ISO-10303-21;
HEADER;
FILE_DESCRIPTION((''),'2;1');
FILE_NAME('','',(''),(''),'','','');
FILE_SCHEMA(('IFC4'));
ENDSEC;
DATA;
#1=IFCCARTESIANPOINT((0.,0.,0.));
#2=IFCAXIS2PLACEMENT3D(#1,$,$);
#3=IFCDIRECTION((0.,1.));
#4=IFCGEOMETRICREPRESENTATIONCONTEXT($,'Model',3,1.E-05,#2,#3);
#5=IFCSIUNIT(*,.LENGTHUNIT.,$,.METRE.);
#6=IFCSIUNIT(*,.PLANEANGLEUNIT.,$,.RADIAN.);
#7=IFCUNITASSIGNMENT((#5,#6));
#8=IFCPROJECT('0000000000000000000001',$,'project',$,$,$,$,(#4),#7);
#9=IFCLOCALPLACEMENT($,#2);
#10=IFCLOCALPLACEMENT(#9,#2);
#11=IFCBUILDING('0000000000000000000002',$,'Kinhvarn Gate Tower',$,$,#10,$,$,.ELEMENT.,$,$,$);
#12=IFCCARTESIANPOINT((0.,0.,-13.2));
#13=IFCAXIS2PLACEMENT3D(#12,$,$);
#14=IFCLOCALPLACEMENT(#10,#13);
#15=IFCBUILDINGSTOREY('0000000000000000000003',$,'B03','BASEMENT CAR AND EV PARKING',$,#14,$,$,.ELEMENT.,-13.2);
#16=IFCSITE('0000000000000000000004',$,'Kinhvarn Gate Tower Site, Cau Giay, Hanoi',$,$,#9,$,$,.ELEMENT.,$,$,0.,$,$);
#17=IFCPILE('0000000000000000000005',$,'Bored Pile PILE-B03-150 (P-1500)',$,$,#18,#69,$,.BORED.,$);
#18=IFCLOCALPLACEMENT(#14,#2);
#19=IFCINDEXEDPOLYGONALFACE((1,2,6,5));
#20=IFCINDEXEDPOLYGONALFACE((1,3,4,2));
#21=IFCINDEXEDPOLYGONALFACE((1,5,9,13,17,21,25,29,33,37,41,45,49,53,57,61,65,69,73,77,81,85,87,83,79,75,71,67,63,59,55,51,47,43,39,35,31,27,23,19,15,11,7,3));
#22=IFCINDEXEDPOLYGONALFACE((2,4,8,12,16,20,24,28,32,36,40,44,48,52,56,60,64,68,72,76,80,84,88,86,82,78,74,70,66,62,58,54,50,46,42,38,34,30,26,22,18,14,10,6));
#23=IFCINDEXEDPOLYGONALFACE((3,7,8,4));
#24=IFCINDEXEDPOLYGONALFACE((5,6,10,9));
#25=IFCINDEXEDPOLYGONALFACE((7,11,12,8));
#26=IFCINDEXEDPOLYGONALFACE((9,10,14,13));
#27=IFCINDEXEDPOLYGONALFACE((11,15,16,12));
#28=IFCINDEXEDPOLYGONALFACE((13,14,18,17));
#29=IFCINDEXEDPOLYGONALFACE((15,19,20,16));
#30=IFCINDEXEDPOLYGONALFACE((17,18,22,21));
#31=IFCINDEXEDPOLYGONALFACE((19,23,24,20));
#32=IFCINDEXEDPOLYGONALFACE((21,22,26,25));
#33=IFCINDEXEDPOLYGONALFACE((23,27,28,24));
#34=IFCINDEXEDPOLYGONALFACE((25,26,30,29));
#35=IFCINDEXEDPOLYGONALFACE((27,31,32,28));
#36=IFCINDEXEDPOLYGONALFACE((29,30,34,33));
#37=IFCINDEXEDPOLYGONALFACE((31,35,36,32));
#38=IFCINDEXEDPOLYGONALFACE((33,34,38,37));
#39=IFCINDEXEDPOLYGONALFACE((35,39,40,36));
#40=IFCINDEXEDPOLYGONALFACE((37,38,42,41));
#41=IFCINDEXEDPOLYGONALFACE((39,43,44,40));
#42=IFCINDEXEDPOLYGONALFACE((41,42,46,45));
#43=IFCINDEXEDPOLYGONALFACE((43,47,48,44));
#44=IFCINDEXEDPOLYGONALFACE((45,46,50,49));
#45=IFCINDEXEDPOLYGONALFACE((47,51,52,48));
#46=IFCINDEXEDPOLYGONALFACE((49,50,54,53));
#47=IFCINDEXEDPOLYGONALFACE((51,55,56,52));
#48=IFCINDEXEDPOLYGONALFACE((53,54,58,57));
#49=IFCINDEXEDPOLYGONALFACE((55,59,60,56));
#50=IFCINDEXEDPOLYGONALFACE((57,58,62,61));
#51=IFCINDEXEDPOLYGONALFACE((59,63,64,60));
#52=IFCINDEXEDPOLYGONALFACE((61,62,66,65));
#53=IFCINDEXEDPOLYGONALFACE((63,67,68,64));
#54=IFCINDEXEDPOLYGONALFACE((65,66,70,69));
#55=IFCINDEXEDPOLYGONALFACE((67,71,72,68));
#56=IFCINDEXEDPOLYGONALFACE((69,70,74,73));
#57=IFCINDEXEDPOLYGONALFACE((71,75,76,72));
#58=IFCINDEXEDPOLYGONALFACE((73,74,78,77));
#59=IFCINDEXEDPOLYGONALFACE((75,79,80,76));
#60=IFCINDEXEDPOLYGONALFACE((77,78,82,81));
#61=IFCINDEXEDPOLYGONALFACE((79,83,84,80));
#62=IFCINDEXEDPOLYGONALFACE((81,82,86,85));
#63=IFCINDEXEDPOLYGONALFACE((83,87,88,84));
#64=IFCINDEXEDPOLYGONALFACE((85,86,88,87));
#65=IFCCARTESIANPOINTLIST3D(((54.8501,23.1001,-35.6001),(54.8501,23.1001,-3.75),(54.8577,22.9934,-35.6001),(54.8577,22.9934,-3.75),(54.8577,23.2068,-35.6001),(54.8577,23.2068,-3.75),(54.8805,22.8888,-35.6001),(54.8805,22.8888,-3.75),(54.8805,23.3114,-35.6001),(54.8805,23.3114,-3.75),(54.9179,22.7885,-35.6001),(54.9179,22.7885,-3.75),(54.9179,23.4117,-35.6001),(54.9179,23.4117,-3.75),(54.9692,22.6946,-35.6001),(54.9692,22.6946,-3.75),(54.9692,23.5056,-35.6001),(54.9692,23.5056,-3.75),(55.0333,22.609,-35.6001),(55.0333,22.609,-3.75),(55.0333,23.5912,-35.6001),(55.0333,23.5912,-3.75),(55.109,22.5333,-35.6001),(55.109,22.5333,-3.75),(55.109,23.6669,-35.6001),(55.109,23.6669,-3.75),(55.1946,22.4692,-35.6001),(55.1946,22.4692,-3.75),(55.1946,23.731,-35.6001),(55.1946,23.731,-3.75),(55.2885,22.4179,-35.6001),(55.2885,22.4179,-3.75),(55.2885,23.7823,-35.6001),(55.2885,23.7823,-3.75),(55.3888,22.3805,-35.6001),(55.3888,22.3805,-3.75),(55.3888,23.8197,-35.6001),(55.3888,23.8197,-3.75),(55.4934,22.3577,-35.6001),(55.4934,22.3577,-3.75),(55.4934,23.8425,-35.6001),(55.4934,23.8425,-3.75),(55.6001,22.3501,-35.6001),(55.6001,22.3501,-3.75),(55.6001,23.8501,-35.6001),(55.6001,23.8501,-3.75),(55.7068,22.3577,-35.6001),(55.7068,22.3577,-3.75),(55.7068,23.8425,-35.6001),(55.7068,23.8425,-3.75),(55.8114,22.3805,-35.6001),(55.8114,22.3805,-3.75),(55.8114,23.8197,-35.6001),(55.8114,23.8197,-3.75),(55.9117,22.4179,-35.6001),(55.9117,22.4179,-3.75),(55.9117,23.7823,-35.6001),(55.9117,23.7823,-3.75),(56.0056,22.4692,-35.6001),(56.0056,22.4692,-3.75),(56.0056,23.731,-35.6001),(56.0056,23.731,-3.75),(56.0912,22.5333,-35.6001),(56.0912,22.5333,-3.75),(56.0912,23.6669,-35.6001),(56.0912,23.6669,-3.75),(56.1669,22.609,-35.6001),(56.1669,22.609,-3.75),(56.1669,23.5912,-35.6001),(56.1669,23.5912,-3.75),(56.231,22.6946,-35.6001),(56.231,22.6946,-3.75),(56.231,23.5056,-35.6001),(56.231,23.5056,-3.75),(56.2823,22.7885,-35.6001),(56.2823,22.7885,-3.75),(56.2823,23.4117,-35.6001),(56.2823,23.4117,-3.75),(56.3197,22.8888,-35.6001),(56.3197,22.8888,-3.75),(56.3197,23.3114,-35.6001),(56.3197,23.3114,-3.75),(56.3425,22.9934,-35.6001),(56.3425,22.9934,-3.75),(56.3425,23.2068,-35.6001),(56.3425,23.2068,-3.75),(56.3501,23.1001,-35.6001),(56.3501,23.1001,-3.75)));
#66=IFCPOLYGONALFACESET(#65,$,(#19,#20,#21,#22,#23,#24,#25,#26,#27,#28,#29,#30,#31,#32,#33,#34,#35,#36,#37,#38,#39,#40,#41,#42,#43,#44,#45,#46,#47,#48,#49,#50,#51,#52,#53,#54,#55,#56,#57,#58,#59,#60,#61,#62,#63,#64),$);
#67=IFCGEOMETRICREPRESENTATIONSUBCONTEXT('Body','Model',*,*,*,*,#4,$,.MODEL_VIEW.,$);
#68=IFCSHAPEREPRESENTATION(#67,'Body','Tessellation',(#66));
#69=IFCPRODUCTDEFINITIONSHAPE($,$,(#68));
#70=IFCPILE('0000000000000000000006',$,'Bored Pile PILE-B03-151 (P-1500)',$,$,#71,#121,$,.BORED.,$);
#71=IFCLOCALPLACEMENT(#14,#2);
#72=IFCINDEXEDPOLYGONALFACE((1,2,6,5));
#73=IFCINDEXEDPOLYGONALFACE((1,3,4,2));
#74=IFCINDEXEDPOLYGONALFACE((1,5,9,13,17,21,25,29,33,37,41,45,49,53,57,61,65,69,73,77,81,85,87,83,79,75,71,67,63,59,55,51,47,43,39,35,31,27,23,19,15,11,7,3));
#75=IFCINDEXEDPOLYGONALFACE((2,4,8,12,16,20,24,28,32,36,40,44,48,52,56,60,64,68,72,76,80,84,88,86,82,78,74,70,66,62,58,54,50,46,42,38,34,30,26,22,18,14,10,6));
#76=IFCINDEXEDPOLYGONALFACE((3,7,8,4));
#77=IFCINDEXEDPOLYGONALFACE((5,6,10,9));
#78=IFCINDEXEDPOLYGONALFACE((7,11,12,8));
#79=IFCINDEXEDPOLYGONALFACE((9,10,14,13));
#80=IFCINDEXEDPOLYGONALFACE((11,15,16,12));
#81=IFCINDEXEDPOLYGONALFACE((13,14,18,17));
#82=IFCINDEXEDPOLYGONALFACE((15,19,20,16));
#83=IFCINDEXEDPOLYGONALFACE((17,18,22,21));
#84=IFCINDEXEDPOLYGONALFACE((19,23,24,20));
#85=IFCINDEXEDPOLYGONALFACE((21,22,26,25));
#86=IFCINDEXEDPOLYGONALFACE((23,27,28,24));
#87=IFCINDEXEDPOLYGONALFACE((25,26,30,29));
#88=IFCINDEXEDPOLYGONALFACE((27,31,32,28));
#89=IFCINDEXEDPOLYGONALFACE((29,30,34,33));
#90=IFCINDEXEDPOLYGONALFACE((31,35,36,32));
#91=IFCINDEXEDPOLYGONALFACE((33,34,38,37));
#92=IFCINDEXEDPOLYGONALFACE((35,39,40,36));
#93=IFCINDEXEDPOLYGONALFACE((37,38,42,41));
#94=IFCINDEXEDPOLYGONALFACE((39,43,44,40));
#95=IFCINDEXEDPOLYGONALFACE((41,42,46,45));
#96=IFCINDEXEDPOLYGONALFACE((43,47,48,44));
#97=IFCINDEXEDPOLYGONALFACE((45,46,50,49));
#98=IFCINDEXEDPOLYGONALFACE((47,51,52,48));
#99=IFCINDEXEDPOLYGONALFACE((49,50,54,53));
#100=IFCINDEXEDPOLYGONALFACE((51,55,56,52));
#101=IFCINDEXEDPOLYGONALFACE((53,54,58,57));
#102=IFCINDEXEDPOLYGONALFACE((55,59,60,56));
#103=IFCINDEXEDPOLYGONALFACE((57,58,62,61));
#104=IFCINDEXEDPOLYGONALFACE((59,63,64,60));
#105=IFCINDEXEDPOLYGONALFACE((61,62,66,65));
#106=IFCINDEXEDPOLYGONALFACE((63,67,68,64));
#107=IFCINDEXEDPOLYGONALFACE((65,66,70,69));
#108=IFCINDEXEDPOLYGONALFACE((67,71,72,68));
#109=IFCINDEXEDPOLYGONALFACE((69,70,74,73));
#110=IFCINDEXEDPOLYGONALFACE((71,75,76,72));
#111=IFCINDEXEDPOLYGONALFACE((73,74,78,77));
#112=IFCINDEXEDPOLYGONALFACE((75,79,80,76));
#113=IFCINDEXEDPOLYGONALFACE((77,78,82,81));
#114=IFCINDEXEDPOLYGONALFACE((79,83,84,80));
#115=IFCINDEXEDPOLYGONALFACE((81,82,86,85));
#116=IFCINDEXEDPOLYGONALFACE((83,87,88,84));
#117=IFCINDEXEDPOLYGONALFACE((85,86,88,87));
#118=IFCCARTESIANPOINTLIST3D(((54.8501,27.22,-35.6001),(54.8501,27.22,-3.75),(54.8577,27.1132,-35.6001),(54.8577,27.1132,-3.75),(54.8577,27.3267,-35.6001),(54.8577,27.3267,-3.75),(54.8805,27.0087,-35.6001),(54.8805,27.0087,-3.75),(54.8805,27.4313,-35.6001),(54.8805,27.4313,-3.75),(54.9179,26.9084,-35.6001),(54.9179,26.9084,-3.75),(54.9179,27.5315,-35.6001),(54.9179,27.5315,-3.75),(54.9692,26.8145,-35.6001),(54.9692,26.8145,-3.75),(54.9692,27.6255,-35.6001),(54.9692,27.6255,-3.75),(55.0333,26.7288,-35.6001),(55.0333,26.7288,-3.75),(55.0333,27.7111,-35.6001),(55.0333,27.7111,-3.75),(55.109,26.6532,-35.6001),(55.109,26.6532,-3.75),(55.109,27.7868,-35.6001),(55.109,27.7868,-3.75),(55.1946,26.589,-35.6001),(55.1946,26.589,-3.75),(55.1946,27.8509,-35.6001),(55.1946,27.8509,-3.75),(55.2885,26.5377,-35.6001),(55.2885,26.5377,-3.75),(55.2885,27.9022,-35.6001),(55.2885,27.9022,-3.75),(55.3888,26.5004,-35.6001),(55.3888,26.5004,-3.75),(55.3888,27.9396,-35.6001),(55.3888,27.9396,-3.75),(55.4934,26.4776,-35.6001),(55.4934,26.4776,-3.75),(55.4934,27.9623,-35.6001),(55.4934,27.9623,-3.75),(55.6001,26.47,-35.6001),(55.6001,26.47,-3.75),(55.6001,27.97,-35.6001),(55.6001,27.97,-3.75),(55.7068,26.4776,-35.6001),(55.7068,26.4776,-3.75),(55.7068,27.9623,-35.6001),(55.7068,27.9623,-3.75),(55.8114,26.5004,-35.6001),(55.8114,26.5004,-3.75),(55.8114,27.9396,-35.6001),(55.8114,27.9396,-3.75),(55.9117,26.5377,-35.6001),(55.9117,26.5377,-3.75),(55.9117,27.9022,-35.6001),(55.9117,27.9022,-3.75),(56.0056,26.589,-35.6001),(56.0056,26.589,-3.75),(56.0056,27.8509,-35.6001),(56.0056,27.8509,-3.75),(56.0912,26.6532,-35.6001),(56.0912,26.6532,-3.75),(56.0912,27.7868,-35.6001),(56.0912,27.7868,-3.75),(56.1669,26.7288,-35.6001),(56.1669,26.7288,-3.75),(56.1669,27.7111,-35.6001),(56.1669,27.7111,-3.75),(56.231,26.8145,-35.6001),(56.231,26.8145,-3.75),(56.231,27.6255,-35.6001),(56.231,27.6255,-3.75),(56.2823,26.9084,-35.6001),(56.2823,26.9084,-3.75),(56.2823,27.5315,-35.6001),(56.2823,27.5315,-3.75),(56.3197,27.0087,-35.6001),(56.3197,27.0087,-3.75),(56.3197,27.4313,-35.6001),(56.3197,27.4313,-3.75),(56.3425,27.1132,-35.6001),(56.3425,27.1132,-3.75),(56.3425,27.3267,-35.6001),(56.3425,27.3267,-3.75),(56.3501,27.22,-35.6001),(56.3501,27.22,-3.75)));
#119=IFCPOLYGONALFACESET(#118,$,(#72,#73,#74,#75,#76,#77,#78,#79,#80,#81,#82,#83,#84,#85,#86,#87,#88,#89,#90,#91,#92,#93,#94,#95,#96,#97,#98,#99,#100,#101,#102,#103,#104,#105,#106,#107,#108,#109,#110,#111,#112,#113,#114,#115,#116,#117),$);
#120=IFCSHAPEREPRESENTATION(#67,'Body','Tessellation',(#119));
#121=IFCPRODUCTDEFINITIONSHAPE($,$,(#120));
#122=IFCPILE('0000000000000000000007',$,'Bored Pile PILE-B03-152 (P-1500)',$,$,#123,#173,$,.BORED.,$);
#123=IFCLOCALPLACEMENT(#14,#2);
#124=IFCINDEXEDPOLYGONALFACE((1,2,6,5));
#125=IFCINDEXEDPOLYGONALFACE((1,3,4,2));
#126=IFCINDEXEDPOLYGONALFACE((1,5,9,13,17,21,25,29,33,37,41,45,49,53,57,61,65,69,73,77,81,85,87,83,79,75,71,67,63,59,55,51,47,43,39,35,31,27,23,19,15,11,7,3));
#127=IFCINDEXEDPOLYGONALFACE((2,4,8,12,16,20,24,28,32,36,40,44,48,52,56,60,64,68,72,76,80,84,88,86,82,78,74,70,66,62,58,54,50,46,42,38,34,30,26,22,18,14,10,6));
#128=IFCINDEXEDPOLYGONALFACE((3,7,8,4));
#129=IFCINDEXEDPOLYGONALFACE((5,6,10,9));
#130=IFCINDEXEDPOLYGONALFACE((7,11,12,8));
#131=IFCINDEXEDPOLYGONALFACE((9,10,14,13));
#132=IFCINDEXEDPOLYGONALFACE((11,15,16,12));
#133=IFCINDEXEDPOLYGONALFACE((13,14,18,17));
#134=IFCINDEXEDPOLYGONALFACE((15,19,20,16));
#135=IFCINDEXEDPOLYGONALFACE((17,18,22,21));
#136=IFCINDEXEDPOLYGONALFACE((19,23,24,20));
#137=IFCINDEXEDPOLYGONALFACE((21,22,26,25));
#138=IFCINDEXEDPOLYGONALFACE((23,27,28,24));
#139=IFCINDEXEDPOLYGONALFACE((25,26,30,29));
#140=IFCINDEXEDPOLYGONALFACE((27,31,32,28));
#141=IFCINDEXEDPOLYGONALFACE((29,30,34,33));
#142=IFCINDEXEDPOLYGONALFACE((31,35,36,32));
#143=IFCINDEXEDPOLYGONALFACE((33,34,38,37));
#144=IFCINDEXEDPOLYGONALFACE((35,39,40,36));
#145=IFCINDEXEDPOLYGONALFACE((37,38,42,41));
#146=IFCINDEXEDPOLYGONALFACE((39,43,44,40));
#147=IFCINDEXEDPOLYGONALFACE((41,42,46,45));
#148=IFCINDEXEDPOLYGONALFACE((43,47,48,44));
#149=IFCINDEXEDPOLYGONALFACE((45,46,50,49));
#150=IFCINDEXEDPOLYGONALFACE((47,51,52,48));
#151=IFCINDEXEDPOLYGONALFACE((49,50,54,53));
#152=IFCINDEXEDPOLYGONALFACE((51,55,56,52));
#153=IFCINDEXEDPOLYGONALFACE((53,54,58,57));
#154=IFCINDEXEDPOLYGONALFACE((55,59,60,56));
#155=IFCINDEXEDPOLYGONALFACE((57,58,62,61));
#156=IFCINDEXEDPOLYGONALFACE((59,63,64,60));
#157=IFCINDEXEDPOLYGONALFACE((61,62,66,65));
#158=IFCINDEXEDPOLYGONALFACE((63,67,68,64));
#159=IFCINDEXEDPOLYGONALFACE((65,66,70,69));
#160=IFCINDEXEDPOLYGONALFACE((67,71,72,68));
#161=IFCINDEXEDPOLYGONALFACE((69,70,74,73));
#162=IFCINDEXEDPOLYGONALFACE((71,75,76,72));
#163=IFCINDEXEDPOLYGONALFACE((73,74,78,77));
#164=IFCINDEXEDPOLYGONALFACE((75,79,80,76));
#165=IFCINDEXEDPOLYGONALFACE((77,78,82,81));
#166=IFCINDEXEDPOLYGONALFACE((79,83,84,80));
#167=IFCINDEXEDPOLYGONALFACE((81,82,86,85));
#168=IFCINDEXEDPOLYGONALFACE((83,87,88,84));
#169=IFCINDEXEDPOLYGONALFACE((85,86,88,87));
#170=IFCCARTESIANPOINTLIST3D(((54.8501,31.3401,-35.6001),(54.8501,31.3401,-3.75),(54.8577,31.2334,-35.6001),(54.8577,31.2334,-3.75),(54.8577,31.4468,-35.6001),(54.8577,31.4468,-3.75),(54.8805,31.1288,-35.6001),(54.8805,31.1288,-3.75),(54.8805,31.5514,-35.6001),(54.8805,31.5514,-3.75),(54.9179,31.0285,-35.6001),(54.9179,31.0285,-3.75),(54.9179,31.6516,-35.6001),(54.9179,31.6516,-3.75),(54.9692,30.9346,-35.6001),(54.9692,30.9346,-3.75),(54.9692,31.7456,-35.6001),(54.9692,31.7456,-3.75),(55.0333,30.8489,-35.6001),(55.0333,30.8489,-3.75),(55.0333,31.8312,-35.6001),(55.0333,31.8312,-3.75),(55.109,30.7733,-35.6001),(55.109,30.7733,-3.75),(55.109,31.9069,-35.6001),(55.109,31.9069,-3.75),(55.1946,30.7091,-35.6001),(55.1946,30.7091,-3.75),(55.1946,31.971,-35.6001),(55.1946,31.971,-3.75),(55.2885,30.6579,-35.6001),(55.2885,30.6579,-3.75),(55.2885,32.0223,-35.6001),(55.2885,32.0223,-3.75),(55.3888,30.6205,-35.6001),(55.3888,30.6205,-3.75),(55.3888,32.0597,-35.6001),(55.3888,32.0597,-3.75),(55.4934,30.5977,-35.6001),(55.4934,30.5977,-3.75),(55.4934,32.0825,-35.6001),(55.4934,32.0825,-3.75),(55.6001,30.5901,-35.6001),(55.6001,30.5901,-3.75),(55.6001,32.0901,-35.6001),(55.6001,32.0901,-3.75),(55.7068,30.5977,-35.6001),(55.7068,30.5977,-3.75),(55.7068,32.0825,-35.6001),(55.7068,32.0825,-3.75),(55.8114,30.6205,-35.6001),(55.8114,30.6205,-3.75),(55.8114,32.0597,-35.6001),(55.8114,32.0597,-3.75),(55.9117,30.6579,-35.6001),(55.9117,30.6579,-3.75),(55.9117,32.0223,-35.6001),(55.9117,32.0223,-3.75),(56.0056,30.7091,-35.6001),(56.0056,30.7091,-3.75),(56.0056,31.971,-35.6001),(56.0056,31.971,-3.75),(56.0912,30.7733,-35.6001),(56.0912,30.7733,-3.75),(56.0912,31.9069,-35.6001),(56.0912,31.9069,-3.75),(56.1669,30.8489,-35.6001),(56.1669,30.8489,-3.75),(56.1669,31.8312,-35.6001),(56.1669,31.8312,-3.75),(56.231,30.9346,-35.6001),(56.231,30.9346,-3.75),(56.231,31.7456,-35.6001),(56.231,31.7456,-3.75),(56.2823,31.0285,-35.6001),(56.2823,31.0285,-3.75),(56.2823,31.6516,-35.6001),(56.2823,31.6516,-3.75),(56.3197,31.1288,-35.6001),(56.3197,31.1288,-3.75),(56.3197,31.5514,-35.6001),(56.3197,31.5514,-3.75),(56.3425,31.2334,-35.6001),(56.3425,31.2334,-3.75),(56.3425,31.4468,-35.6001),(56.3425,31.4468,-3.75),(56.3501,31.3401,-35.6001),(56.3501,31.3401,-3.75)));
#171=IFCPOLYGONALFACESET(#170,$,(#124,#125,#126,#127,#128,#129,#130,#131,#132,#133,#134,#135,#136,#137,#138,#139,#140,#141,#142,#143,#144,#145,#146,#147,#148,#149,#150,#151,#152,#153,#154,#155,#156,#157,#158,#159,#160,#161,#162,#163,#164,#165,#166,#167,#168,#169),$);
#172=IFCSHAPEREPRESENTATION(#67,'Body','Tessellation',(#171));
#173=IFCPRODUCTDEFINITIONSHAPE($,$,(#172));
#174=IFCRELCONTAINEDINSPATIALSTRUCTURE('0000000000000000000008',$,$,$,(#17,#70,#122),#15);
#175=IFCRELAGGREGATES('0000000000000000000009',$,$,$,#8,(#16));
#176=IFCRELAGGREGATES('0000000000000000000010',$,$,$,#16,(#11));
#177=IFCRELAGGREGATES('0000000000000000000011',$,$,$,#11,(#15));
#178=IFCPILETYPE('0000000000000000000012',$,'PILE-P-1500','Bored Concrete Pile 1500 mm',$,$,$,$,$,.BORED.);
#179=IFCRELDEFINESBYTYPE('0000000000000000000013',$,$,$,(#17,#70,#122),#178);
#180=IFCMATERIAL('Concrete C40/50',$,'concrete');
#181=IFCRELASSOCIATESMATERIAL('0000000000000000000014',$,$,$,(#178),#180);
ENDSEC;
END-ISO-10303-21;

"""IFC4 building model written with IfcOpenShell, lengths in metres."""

from ifc_helpers import new_model, si_unit, direction, frame, origin, origin_2d, place, context, subcontext, project, spatial, circle, extrude, material, material_profile, profile_set, type_object, element, save


model = new_model("IFC4")

# Units and contexts
model_context = context("Model", 3, precision=1e-05, world=origin(), true_north=direction((0.0, 1.0)))
body_context = subcontext(model_context, "Body", "Model", "MODEL_VIEW")
ifc_project = project(units=[si_unit("LENGTHUNIT", "METRE"), si_unit("PLANEANGLEUNIT", "RADIAN")], contexts=[model_context])

# Site, building, storey
site_placement = place(None, origin())
site = spatial("IfcSite", under=ifc_project, at=site_placement, Name="Kinhvarn Gate Tower Site, Cau Giay, Hanoi", CompositionType="ELEMENT", RefElevation=0.0)
building_placement = place(site_placement, origin())
building = spatial("IfcBuilding", under=site, at=building_placement, Name="Kinhvarn Gate Tower", CompositionType="ELEMENT")
storey_placement = place(building_placement, frame((0.0, 0.0, -13.2)))
storey = spatial("IfcBuildingStorey", under=building, at=storey_placement, Name="B03", Description="BASEMENT CAR AND EV PARKING", CompositionType="ELEMENT", Elevation=-13.2)

# Piles
ifc_material = material(Name="Concrete C40/50", Category="concrete")
ifc_material_profile_1 = material_profile(ifc_material, circle(Radius=0.75, at=origin_2d()), Name="PILE D1500")
ifc_profile_set_1 = profile_set([ifc_material_profile_1], Name="Concrete C40/50")
pile_type_1 = type_object("IfcPileType", Name="PILE-P-1500", Description="Bored Concrete Pile 1500 mm", PredefinedType="BORED", material=ifc_profile_set_1)
for number, where, z_axis, x_axis, name in (
    (1, (55.6001, 23.1001, -35.6001), (0.0, 0.0, 1.0), (1.0, 0.0, 0.0), "Bored Pile PILE-B03-150 (P-1500)"),
    (2, (55.6001, 27.22, -35.6001), (0.0, 0.0, 1.0), (1.0, 0.0, 0.0), "Bored Pile PILE-B03-151 (P-1500)"),
    (3, (55.6001, 31.3401, -35.6001), (0.0, 0.0, 1.0), (1.0, 0.0, 0.0), "Bored Pile PILE-B03-152 (P-1500)"),
):
    element("IfcPile", number, at=place(storey_placement, frame(where, z_axis=z_axis, x_axis=x_axis)), inside=storey, type_object=pile_type_1, Name=name, PredefinedType="BORED", context=body_context, shape_type="SweptSolid", body=[
        extrude(circle(Radius=0.75, at=origin_2d()), origin(), (0.0, 0.0, 1.0), 31.8501),
    ])

save(model, "model.ifc")
